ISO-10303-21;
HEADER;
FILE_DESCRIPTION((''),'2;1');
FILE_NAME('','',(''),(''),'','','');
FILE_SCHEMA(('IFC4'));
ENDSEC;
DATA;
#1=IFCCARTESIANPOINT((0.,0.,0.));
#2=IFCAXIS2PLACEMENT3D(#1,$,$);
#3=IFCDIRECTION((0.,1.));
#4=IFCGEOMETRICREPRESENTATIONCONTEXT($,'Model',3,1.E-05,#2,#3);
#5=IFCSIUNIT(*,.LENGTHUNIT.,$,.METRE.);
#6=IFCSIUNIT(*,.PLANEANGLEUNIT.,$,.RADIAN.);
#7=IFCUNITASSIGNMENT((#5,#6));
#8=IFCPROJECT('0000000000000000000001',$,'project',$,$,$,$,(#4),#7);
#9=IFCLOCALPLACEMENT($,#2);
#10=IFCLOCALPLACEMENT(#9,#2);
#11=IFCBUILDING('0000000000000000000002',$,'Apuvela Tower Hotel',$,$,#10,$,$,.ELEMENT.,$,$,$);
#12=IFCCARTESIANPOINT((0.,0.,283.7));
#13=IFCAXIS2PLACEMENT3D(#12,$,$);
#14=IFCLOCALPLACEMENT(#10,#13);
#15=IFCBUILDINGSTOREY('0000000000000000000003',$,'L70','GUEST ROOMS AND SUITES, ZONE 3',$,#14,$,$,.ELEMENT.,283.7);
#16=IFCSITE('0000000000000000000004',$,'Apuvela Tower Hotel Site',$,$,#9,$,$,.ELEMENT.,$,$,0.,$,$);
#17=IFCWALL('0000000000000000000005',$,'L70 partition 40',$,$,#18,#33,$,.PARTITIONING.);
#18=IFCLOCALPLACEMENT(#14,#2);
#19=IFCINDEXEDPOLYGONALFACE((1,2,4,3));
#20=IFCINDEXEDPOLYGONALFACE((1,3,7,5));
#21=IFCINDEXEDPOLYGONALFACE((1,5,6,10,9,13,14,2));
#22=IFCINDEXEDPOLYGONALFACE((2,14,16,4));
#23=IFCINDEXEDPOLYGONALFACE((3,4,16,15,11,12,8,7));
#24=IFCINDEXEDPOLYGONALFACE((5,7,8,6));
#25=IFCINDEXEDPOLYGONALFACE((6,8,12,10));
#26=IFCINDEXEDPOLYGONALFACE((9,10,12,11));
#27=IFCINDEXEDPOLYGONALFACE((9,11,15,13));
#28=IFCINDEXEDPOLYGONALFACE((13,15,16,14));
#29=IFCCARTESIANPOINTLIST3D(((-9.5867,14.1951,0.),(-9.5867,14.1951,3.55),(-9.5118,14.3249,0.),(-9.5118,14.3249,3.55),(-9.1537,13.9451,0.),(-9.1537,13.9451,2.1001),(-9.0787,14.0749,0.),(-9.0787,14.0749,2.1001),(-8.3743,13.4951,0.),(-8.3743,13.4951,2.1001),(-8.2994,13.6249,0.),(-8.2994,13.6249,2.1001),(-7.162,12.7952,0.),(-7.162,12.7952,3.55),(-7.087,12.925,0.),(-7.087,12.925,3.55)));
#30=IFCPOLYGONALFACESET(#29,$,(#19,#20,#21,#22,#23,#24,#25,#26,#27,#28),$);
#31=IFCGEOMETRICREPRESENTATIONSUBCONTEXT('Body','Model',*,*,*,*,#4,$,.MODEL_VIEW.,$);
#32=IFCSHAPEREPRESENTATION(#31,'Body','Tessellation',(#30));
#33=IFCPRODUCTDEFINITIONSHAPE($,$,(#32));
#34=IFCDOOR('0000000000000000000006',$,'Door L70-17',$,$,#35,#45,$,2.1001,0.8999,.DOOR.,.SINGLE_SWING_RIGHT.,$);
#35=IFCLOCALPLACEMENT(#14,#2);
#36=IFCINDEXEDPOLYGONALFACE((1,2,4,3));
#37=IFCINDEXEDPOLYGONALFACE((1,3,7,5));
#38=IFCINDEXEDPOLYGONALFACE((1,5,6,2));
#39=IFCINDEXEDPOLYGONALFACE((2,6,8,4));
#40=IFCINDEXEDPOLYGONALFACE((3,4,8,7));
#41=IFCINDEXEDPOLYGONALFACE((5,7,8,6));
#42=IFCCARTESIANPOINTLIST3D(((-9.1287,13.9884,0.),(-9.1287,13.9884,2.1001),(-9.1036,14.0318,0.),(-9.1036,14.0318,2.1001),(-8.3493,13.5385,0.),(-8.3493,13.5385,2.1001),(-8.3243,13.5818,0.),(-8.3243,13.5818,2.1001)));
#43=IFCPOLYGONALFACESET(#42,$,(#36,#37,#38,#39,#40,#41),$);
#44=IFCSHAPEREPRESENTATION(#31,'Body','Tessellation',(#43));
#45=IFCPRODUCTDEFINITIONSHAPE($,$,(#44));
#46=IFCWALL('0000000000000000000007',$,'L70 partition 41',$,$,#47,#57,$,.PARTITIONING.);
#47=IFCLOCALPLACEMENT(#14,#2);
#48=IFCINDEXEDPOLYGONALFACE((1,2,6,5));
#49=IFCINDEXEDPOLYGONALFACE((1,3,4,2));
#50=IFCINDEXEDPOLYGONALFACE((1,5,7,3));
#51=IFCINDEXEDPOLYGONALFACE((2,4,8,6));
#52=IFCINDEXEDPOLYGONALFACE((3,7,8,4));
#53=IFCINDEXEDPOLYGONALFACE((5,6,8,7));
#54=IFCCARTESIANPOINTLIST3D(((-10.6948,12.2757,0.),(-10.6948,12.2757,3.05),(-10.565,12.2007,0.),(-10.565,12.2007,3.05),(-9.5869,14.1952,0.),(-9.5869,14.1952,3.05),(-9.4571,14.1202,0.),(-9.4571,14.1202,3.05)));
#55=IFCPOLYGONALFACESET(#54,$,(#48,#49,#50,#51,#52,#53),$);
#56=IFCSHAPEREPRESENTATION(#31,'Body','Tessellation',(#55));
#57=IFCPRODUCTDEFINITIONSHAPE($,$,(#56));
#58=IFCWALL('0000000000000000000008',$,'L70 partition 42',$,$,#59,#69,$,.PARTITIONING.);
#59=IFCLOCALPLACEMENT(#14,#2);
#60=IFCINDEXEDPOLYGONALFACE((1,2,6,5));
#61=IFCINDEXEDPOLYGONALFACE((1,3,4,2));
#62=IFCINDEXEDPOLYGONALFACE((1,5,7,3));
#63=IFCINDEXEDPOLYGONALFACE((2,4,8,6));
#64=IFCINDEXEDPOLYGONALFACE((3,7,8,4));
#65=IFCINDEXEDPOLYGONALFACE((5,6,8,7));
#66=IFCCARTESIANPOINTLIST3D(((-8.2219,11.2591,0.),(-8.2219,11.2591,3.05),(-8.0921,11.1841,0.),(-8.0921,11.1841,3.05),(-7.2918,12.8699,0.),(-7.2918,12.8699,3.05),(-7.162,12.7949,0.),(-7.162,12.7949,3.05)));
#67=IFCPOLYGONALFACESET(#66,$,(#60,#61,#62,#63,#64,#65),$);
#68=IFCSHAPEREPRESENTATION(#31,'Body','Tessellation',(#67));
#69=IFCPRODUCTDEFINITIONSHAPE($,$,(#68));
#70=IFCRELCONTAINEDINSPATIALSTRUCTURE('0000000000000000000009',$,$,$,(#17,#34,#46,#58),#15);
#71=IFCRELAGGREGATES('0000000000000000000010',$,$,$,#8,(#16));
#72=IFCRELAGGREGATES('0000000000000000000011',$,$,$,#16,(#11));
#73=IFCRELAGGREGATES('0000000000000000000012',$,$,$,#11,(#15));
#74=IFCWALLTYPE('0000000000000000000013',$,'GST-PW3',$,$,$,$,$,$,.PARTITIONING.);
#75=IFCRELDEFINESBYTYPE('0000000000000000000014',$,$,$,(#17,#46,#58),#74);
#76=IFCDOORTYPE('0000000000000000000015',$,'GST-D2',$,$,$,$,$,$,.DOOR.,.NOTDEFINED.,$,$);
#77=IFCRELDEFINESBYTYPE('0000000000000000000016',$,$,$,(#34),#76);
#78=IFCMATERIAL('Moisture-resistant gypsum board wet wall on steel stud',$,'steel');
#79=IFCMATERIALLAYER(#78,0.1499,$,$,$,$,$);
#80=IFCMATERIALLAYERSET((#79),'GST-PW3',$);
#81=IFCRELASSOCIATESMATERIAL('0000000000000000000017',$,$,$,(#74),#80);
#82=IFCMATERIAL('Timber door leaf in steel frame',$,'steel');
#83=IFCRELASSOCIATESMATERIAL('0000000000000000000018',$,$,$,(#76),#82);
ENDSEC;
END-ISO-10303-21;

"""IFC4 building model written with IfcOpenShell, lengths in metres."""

from ifc_helpers import new_model, si_unit, direction, frame, frame_2d, origin, place, context, subcontext, project, spatial, rectangle, extrude, material, layer, layer_set, type_object, element, fill, save


model = new_model("IFC4")

# Units and contexts
model_context = context("Model", 3, precision=1e-05, world=origin(), true_north=direction((0.0, 1.0)))
body_context = subcontext(model_context, "Body", "Model", "MODEL_VIEW")
ifc_project = project(units=[si_unit("LENGTHUNIT", "METRE"), si_unit("PLANEANGLEUNIT", "RADIAN")], contexts=[model_context])

# Site, building, storey
site_placement = place(None, origin())
site = spatial("IfcSite", under=ifc_project, at=site_placement, Name="Apuvela Tower Hotel Site", CompositionType="ELEMENT", RefElevation=0.0)
building_placement = place(site_placement, origin())
building = spatial("IfcBuilding", under=site, at=building_placement, Name="Apuvela Tower Hotel", CompositionType="ELEMENT")
storey_placement = place(building_placement, frame((0.0, 0.0, 283.7)))
storey = spatial("IfcBuildingStorey", under=building, at=storey_placement, Name="L70", Description="GUEST ROOMS AND SUITES, ZONE 3", CompositionType="ELEMENT", Elevation=283.7)

# Wall, opening, door
ifc_material_1 = material(Name="Moisture-resistant gypsum board wet wall on steel stud", Category="steel")
ifc_layer_1 = layer(ifc_material_1, 0.1499)
ifc_layer_set_1 = layer_set([ifc_layer_1], Name="GST-PW3")
wall_type_1 = type_object("IfcWallType", Name="GST-PW3", PredefinedType="PARTITIONING", material=ifc_layer_set_1)
wall_1_placement = place(storey_placement, frame((-7.1245, 12.8601, 0.0), z_axis=(0.0, 0.0, 1.0), x_axis=(-0.866035, 0.499984, 0.0)))
wall_1 = element("IfcWall", 1, at=wall_1_placement, inside=storey, type_object=wall_type_1, Name="L70 partition 40", PredefinedType="PARTITIONING", context=body_context, shape_type="SweptSolid", body=[
    extrude(rectangle(XDim=2.7998, YDim=0.1499, at=frame_2d((1.3999, 0.0))), origin(), (0.0, 0.0, 1.0), 3.55),
])
opening_1_placement = place(wall_1_placement, frame((1.3999, 0.0, 0.0)))
opening_1 = element("IfcOpeningElement", 2, at=opening_1_placement, cuts=wall_1, PredefinedType="OPENING", context=body_context, shape_type="SweptSolid", body=[
    extrude(rectangle(XDim=0.8999, YDim=2.1001, at=frame_2d((0.45, 1.05))), frame((0.0, 0.085, 0.0), z_axis=(0.0, -1.0, 0.0), x_axis=(1.0, 0.0, 0.0)), (0.0, 0.0, 1.0), 0.1699),
])
ifc_material_2 = material(Name="Timber door leaf in steel frame", Category="steel")
door_type_1 = type_object("IfcDoorType", Name="GST-D2", OperationType="NOTDEFINED", PredefinedType="DOOR", material=ifc_material_2)
door_1_placement = place(opening_1_placement, origin())
door_1 = element("IfcDoor", 3, at=door_1_placement, inside=storey, type_object=door_type_1, Name="Door L70-17", OperationType="SINGLE_SWING_RIGHT", OverallHeight=2.1001, OverallWidth=0.8999, PredefinedType="DOOR", context=body_context, shape_type="SweptSolid", body=[
    extrude(rectangle(XDim=0.8999, YDim=2.1001, at=frame_2d((0.45, 1.05))), frame((0.0, 0.0249, 0.0), z_axis=(0.0, -1.0, 0.0), x_axis=(1.0, 0.0, 0.0)), (0.0, 0.0, 1.0), 0.05),
])
fill(opening_1, door_1)

# Walls
wall_2_placement = place(storey_placement, frame((-9.522, 14.1577, 0.0), z_axis=(0.0, 0.0, 1.0), x_axis=(-0.499907, -0.866079, 0.0)))
element("IfcWall", 4, at=wall_2_placement, inside=storey, type_object=wall_type_1, Name="L70 partition 41", PredefinedType="PARTITIONING", context=body_context, shape_type="SweptSolid", body=[
    extrude(rectangle(XDim=2.2163, YDim=0.1499, at=frame_2d((1.1082, 0.0))), origin(), (0.0, 0.0, 1.0), 3.05),
])
wall_3_placement = place(storey_placement, frame((-7.2268, 12.8325, 0.0), z_axis=(0.0, 0.0, 1.0), x_axis=(-0.500063, -0.865989, 0.0)))
element("IfcWall", 5, at=wall_3_placement, inside=storey, type_object=wall_type_1, Name="L70 partition 42", PredefinedType="PARTITIONING", context=body_context, shape_type="SweptSolid", body=[
    extrude(rectangle(XDim=1.8601, YDim=0.1499, at=frame_2d((0.9302, 0.0))), origin(), (0.0, 0.0, 1.0), 3.05),
])

save(model, "model.ifc")
